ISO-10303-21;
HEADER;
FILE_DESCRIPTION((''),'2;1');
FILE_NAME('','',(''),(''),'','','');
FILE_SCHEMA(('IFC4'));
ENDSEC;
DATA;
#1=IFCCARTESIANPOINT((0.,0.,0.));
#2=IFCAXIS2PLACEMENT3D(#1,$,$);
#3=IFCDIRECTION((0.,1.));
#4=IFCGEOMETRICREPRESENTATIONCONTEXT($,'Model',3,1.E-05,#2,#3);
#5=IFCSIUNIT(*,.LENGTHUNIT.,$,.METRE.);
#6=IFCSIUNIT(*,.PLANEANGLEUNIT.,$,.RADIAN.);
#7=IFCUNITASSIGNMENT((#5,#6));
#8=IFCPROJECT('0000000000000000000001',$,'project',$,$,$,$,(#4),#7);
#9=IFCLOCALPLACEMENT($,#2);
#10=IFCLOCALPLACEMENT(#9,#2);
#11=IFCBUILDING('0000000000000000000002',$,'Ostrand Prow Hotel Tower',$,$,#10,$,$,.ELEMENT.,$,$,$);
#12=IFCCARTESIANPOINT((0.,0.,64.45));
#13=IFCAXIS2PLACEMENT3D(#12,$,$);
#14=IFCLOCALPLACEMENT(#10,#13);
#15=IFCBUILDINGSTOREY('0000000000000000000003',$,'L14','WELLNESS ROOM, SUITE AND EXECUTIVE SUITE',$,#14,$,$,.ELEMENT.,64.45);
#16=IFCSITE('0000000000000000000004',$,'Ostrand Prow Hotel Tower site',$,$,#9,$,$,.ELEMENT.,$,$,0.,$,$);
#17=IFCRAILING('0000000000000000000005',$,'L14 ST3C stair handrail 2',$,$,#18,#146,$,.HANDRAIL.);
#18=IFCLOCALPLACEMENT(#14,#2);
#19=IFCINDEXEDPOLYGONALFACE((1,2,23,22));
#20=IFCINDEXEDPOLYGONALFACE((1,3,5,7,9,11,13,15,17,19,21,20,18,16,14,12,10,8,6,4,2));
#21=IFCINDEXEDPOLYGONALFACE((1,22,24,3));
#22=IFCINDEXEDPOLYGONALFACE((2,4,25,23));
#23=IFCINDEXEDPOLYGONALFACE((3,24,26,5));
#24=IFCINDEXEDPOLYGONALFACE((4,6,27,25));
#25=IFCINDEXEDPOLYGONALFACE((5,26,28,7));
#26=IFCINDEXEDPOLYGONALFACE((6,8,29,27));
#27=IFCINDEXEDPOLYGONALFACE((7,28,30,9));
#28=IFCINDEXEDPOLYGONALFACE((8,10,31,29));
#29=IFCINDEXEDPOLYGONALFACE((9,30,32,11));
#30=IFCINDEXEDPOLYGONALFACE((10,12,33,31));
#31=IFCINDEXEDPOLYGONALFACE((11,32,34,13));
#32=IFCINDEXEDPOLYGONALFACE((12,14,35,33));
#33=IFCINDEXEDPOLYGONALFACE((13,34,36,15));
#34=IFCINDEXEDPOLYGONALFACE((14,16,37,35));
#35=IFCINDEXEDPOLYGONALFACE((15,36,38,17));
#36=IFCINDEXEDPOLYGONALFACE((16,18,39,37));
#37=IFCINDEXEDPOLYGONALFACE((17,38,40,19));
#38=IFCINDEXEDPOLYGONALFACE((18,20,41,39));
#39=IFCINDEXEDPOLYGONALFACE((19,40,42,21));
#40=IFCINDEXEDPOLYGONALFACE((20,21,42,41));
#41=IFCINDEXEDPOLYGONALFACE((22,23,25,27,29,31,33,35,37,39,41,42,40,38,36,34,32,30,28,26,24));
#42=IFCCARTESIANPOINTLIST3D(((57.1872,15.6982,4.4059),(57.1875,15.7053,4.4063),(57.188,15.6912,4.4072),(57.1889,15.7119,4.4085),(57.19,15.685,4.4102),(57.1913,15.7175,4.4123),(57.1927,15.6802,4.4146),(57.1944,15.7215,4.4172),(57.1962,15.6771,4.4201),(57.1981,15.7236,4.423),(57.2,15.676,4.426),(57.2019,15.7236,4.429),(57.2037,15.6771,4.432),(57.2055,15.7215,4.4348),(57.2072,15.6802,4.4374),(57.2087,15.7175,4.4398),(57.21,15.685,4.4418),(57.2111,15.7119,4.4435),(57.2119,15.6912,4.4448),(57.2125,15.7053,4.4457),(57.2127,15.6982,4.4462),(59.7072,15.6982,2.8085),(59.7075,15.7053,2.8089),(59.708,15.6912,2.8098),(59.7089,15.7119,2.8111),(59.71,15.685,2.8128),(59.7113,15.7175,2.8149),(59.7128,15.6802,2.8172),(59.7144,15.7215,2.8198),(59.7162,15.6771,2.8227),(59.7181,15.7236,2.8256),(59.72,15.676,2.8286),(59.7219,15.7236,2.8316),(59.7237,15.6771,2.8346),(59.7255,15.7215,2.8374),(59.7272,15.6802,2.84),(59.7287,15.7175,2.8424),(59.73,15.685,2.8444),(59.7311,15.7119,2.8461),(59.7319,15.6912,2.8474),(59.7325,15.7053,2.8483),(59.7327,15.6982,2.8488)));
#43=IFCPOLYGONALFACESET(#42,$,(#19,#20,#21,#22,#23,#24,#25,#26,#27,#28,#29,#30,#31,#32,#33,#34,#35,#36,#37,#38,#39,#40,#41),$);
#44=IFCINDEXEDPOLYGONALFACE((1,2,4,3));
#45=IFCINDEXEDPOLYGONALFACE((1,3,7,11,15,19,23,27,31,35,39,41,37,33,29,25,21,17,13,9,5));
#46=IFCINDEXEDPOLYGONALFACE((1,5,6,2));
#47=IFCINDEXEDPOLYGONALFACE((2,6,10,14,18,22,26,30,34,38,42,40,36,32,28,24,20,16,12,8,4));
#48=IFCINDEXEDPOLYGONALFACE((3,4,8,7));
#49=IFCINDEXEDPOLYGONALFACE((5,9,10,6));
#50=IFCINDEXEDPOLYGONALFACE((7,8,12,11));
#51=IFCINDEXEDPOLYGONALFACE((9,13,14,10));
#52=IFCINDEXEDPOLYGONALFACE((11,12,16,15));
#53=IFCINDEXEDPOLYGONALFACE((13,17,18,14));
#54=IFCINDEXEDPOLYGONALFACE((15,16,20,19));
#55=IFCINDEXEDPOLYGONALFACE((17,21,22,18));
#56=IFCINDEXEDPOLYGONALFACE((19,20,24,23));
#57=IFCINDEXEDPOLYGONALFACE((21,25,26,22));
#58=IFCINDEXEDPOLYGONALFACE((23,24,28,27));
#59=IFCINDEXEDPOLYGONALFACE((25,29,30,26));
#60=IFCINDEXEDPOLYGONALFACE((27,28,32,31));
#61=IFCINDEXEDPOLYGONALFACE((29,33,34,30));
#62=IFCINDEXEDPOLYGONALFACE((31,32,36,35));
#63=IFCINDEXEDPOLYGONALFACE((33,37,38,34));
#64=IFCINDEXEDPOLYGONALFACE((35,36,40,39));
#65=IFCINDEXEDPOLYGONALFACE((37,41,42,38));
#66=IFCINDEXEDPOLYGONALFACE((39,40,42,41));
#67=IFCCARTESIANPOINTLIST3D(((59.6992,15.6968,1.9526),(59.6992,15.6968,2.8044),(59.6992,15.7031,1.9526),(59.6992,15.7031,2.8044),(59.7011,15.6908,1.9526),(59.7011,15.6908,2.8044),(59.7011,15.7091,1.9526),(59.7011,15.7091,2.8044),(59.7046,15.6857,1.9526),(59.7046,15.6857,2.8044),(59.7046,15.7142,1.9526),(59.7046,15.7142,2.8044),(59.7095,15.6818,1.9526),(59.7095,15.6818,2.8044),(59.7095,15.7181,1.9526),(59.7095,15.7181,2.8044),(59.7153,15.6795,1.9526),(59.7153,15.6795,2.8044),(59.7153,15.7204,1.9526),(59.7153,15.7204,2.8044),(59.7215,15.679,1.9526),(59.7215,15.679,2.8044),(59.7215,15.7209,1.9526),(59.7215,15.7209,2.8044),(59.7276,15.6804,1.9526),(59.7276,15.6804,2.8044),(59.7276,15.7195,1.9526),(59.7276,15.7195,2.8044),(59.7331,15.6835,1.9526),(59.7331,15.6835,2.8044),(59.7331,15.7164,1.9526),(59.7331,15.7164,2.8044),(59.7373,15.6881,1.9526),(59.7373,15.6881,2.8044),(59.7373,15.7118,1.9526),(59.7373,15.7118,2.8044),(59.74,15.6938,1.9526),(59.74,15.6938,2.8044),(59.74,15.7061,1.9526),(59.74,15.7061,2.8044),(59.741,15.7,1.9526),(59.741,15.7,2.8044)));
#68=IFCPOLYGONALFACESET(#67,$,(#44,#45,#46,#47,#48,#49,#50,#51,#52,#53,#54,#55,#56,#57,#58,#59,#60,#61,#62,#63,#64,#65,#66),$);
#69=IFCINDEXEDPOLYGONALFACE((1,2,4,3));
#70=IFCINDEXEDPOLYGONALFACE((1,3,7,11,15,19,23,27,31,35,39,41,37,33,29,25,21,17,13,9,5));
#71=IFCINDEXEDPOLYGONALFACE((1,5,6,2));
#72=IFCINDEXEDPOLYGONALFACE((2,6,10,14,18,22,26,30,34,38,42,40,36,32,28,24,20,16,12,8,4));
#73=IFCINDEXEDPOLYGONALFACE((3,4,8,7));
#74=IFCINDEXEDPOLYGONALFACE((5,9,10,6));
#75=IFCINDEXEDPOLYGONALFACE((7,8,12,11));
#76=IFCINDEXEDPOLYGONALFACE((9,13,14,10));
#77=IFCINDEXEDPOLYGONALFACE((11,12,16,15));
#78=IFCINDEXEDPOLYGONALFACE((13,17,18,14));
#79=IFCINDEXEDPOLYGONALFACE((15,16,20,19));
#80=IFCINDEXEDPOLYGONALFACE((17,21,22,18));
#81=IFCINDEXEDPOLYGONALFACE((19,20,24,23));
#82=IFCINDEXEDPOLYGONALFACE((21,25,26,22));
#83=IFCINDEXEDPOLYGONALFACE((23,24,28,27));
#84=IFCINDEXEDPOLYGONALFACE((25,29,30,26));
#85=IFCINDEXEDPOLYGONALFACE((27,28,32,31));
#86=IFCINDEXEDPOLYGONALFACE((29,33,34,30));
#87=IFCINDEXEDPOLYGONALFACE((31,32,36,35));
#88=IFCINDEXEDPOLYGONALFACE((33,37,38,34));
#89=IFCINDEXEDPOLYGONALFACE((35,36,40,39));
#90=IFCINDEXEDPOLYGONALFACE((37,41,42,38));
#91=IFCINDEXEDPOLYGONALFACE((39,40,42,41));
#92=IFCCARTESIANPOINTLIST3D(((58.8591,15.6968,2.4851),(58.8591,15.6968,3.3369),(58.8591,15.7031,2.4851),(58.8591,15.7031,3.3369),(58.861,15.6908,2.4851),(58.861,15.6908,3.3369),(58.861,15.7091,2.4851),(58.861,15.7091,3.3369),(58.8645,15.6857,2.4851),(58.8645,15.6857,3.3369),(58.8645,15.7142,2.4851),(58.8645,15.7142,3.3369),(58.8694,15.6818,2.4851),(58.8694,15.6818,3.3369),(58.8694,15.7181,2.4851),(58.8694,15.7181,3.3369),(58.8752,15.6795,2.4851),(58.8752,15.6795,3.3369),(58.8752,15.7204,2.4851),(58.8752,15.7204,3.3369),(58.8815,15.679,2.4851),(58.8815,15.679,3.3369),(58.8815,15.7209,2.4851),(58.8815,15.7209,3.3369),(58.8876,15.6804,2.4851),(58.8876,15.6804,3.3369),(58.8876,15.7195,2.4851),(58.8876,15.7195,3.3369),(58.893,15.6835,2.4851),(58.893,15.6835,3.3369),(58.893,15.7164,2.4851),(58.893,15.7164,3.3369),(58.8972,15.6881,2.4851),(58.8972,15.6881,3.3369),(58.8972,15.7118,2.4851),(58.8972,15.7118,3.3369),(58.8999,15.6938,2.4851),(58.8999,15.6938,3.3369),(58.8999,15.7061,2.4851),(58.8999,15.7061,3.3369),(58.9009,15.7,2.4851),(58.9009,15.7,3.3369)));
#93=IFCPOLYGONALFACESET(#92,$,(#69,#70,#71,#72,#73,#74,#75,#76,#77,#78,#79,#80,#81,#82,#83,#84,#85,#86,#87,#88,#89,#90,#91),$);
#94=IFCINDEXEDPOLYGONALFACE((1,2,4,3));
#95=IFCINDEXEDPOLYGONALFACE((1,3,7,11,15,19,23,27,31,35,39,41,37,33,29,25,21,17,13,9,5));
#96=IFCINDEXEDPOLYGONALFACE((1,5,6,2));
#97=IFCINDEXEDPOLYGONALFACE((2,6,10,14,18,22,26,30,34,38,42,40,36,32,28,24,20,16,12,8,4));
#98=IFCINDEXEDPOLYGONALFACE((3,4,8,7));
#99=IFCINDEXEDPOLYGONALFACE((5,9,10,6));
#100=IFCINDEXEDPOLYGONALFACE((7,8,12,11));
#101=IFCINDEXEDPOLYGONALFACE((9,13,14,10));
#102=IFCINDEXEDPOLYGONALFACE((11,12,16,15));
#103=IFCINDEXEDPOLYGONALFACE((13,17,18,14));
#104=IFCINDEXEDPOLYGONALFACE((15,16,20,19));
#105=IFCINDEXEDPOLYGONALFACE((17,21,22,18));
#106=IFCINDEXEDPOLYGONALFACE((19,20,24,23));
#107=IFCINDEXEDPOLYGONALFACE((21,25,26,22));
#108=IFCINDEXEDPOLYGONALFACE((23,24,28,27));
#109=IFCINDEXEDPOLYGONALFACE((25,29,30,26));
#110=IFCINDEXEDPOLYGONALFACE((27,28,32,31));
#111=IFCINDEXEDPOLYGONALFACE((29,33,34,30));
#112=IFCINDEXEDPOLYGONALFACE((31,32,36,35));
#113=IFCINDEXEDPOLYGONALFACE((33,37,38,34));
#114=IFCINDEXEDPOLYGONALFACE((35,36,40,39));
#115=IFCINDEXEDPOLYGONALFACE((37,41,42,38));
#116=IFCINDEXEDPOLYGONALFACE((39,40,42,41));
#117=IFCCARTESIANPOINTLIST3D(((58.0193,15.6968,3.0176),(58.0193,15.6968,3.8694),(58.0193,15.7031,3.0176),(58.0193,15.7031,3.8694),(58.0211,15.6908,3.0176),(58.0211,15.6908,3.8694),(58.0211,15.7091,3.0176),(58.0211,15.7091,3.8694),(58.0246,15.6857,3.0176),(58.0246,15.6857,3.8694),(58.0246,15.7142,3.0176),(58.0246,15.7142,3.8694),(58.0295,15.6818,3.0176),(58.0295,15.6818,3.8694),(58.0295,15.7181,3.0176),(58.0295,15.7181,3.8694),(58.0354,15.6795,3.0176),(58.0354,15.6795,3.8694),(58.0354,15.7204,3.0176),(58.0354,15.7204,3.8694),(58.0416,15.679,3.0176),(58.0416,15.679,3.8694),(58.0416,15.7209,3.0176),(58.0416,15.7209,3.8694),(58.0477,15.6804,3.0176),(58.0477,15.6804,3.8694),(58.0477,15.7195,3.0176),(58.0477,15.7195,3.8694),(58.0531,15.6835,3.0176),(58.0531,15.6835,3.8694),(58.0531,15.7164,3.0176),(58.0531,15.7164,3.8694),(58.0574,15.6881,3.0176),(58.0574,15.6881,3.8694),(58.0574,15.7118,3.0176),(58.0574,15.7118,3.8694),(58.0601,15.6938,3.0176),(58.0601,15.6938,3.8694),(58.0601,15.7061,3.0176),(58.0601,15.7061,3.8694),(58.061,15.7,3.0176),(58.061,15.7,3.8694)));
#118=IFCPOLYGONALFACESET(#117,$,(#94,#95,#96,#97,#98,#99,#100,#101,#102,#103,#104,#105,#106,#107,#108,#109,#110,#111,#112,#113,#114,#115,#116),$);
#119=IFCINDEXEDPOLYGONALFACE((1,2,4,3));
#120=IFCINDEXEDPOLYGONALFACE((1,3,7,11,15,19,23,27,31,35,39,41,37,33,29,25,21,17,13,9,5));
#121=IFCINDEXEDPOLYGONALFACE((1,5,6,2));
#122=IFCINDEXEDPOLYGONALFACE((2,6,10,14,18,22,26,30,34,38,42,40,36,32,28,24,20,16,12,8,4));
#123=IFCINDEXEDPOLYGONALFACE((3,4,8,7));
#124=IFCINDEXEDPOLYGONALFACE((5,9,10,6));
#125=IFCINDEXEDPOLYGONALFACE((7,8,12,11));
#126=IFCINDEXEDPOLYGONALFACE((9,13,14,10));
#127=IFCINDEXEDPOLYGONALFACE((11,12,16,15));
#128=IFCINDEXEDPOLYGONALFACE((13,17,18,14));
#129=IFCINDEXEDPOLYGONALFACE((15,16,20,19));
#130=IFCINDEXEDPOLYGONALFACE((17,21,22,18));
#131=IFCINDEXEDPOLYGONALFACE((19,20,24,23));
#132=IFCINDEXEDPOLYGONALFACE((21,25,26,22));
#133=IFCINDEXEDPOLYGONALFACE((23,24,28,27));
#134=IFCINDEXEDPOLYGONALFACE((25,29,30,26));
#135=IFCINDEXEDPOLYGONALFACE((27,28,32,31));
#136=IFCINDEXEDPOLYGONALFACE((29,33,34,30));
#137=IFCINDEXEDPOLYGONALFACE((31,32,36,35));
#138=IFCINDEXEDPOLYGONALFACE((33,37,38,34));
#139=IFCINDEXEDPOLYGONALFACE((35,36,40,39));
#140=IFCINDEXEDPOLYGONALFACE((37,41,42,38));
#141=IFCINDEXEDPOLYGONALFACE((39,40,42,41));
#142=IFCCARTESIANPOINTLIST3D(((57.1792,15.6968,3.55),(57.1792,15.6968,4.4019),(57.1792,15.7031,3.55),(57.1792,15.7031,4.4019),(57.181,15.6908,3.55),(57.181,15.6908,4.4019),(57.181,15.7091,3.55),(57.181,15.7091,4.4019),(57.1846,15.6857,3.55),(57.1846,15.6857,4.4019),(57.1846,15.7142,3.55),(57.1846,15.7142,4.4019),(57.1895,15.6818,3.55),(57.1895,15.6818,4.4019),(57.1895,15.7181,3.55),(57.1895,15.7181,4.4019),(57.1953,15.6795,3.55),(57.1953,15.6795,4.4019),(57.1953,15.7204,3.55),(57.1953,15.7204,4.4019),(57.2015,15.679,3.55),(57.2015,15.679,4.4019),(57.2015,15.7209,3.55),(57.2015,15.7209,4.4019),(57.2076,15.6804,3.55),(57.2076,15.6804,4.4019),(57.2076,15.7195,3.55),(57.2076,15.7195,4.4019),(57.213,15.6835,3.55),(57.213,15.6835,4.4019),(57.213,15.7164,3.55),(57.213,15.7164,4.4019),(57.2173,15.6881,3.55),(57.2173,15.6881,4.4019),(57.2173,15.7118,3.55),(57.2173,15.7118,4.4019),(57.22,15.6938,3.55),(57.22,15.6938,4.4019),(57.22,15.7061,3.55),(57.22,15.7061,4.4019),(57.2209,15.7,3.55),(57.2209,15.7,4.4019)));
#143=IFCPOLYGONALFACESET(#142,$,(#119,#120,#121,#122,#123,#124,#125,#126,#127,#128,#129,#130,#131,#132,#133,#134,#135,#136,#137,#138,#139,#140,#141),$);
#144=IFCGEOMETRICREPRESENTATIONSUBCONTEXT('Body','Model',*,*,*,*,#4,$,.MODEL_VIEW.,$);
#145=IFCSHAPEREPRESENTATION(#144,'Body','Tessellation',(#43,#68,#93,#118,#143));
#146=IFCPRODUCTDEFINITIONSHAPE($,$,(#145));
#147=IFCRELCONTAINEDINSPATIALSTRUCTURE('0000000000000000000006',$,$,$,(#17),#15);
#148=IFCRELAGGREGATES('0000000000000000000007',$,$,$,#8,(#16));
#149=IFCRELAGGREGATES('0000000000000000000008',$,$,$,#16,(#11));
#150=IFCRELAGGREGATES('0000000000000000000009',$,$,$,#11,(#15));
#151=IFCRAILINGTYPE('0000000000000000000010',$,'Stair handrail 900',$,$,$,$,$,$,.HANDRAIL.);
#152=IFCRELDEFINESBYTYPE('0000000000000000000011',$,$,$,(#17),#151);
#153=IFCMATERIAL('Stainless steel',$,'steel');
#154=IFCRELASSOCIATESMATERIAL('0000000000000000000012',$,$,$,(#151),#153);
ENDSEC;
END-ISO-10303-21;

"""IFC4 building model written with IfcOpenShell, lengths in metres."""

from ifc_helpers import new_model, si_unit, direction, frame, origin, origin_2d, place, context, subcontext, project, spatial, circle, extrude, material, type_object, element, save


model = new_model("IFC4")

# Units and contexts
model_context = context("Model", 3, precision=1e-05, world=origin(), true_north=direction((0.0, 1.0)))
body_context = subcontext(model_context, "Body", "Model", "MODEL_VIEW")
ifc_project = project(units=[si_unit("LENGTHUNIT", "METRE"), si_unit("PLANEANGLEUNIT", "RADIAN")], contexts=[model_context])

# Site, building, storey
site_placement = place(None, origin())
site = spatial("IfcSite", under=ifc_project, at=site_placement, Name="Ostrand Prow Hotel Tower site", CompositionType="ELEMENT", RefElevation=0.0)
building_placement = place(site_placement, origin())
building = spatial("IfcBuilding", under=site, at=building_placement, Name="Ostrand Prow Hotel Tower", CompositionType="ELEMENT")
storey_placement = place(building_placement, frame((0.0, 0.0, 64.45)))
storey = spatial("IfcBuildingStorey", under=building, at=storey_placement, Name="L14", Description="WELLNESS ROOM, SUITE AND EXECUTIVE SUITE", CompositionType="ELEMENT", Elevation=64.45)

# Railing
ifc_material_1 = material(Name="Stainless steel", Category="steel")
railing_type_1 = type_object("IfcRailingType", Name="Stair handrail 900", PredefinedType="HANDRAIL", material=ifc_material_1)
railing_1_placement = place(storey_placement, frame((59.72, 15.7, 1.9526)))
element("IfcRailing", 1, at=railing_1_placement, inside=storey, type_object=railing_type_1, Name="L14 ST3C stair handrail 2", PredefinedType="HANDRAIL", context=body_context, shape_type="SweptSolid", body=[
    extrude(circle(Radius=0.0239, at=origin_2d()), frame((0.0, 0.0, 0.876), z_axis=(-0.844607, 0.0, 0.535387), x_axis=(0.0, -1.0, 0.0)), (0.0, 0.0, 1.0), 2.9836),
    extrude(circle(Radius=0.021, at=origin_2d()), origin(), (0.0, 0.0, 1.0), 0.8518),
    extrude(circle(Radius=0.021, at=origin_2d()), frame((-0.8401, 0.0, 0.5325)), (0.0, 0.0, 1.0), 0.8518),
    extrude(circle(Radius=0.021, at=origin_2d()), frame((-1.6799, 0.0, 1.0649)), (0.0, 0.0, 1.0), 0.8518),
    extrude(circle(Radius=0.021, at=origin_2d()), frame((-2.52, 0.0, 1.5974)), (0.0, 0.0, 1.0), 0.8518),
])

save(model, "model.ifc")
